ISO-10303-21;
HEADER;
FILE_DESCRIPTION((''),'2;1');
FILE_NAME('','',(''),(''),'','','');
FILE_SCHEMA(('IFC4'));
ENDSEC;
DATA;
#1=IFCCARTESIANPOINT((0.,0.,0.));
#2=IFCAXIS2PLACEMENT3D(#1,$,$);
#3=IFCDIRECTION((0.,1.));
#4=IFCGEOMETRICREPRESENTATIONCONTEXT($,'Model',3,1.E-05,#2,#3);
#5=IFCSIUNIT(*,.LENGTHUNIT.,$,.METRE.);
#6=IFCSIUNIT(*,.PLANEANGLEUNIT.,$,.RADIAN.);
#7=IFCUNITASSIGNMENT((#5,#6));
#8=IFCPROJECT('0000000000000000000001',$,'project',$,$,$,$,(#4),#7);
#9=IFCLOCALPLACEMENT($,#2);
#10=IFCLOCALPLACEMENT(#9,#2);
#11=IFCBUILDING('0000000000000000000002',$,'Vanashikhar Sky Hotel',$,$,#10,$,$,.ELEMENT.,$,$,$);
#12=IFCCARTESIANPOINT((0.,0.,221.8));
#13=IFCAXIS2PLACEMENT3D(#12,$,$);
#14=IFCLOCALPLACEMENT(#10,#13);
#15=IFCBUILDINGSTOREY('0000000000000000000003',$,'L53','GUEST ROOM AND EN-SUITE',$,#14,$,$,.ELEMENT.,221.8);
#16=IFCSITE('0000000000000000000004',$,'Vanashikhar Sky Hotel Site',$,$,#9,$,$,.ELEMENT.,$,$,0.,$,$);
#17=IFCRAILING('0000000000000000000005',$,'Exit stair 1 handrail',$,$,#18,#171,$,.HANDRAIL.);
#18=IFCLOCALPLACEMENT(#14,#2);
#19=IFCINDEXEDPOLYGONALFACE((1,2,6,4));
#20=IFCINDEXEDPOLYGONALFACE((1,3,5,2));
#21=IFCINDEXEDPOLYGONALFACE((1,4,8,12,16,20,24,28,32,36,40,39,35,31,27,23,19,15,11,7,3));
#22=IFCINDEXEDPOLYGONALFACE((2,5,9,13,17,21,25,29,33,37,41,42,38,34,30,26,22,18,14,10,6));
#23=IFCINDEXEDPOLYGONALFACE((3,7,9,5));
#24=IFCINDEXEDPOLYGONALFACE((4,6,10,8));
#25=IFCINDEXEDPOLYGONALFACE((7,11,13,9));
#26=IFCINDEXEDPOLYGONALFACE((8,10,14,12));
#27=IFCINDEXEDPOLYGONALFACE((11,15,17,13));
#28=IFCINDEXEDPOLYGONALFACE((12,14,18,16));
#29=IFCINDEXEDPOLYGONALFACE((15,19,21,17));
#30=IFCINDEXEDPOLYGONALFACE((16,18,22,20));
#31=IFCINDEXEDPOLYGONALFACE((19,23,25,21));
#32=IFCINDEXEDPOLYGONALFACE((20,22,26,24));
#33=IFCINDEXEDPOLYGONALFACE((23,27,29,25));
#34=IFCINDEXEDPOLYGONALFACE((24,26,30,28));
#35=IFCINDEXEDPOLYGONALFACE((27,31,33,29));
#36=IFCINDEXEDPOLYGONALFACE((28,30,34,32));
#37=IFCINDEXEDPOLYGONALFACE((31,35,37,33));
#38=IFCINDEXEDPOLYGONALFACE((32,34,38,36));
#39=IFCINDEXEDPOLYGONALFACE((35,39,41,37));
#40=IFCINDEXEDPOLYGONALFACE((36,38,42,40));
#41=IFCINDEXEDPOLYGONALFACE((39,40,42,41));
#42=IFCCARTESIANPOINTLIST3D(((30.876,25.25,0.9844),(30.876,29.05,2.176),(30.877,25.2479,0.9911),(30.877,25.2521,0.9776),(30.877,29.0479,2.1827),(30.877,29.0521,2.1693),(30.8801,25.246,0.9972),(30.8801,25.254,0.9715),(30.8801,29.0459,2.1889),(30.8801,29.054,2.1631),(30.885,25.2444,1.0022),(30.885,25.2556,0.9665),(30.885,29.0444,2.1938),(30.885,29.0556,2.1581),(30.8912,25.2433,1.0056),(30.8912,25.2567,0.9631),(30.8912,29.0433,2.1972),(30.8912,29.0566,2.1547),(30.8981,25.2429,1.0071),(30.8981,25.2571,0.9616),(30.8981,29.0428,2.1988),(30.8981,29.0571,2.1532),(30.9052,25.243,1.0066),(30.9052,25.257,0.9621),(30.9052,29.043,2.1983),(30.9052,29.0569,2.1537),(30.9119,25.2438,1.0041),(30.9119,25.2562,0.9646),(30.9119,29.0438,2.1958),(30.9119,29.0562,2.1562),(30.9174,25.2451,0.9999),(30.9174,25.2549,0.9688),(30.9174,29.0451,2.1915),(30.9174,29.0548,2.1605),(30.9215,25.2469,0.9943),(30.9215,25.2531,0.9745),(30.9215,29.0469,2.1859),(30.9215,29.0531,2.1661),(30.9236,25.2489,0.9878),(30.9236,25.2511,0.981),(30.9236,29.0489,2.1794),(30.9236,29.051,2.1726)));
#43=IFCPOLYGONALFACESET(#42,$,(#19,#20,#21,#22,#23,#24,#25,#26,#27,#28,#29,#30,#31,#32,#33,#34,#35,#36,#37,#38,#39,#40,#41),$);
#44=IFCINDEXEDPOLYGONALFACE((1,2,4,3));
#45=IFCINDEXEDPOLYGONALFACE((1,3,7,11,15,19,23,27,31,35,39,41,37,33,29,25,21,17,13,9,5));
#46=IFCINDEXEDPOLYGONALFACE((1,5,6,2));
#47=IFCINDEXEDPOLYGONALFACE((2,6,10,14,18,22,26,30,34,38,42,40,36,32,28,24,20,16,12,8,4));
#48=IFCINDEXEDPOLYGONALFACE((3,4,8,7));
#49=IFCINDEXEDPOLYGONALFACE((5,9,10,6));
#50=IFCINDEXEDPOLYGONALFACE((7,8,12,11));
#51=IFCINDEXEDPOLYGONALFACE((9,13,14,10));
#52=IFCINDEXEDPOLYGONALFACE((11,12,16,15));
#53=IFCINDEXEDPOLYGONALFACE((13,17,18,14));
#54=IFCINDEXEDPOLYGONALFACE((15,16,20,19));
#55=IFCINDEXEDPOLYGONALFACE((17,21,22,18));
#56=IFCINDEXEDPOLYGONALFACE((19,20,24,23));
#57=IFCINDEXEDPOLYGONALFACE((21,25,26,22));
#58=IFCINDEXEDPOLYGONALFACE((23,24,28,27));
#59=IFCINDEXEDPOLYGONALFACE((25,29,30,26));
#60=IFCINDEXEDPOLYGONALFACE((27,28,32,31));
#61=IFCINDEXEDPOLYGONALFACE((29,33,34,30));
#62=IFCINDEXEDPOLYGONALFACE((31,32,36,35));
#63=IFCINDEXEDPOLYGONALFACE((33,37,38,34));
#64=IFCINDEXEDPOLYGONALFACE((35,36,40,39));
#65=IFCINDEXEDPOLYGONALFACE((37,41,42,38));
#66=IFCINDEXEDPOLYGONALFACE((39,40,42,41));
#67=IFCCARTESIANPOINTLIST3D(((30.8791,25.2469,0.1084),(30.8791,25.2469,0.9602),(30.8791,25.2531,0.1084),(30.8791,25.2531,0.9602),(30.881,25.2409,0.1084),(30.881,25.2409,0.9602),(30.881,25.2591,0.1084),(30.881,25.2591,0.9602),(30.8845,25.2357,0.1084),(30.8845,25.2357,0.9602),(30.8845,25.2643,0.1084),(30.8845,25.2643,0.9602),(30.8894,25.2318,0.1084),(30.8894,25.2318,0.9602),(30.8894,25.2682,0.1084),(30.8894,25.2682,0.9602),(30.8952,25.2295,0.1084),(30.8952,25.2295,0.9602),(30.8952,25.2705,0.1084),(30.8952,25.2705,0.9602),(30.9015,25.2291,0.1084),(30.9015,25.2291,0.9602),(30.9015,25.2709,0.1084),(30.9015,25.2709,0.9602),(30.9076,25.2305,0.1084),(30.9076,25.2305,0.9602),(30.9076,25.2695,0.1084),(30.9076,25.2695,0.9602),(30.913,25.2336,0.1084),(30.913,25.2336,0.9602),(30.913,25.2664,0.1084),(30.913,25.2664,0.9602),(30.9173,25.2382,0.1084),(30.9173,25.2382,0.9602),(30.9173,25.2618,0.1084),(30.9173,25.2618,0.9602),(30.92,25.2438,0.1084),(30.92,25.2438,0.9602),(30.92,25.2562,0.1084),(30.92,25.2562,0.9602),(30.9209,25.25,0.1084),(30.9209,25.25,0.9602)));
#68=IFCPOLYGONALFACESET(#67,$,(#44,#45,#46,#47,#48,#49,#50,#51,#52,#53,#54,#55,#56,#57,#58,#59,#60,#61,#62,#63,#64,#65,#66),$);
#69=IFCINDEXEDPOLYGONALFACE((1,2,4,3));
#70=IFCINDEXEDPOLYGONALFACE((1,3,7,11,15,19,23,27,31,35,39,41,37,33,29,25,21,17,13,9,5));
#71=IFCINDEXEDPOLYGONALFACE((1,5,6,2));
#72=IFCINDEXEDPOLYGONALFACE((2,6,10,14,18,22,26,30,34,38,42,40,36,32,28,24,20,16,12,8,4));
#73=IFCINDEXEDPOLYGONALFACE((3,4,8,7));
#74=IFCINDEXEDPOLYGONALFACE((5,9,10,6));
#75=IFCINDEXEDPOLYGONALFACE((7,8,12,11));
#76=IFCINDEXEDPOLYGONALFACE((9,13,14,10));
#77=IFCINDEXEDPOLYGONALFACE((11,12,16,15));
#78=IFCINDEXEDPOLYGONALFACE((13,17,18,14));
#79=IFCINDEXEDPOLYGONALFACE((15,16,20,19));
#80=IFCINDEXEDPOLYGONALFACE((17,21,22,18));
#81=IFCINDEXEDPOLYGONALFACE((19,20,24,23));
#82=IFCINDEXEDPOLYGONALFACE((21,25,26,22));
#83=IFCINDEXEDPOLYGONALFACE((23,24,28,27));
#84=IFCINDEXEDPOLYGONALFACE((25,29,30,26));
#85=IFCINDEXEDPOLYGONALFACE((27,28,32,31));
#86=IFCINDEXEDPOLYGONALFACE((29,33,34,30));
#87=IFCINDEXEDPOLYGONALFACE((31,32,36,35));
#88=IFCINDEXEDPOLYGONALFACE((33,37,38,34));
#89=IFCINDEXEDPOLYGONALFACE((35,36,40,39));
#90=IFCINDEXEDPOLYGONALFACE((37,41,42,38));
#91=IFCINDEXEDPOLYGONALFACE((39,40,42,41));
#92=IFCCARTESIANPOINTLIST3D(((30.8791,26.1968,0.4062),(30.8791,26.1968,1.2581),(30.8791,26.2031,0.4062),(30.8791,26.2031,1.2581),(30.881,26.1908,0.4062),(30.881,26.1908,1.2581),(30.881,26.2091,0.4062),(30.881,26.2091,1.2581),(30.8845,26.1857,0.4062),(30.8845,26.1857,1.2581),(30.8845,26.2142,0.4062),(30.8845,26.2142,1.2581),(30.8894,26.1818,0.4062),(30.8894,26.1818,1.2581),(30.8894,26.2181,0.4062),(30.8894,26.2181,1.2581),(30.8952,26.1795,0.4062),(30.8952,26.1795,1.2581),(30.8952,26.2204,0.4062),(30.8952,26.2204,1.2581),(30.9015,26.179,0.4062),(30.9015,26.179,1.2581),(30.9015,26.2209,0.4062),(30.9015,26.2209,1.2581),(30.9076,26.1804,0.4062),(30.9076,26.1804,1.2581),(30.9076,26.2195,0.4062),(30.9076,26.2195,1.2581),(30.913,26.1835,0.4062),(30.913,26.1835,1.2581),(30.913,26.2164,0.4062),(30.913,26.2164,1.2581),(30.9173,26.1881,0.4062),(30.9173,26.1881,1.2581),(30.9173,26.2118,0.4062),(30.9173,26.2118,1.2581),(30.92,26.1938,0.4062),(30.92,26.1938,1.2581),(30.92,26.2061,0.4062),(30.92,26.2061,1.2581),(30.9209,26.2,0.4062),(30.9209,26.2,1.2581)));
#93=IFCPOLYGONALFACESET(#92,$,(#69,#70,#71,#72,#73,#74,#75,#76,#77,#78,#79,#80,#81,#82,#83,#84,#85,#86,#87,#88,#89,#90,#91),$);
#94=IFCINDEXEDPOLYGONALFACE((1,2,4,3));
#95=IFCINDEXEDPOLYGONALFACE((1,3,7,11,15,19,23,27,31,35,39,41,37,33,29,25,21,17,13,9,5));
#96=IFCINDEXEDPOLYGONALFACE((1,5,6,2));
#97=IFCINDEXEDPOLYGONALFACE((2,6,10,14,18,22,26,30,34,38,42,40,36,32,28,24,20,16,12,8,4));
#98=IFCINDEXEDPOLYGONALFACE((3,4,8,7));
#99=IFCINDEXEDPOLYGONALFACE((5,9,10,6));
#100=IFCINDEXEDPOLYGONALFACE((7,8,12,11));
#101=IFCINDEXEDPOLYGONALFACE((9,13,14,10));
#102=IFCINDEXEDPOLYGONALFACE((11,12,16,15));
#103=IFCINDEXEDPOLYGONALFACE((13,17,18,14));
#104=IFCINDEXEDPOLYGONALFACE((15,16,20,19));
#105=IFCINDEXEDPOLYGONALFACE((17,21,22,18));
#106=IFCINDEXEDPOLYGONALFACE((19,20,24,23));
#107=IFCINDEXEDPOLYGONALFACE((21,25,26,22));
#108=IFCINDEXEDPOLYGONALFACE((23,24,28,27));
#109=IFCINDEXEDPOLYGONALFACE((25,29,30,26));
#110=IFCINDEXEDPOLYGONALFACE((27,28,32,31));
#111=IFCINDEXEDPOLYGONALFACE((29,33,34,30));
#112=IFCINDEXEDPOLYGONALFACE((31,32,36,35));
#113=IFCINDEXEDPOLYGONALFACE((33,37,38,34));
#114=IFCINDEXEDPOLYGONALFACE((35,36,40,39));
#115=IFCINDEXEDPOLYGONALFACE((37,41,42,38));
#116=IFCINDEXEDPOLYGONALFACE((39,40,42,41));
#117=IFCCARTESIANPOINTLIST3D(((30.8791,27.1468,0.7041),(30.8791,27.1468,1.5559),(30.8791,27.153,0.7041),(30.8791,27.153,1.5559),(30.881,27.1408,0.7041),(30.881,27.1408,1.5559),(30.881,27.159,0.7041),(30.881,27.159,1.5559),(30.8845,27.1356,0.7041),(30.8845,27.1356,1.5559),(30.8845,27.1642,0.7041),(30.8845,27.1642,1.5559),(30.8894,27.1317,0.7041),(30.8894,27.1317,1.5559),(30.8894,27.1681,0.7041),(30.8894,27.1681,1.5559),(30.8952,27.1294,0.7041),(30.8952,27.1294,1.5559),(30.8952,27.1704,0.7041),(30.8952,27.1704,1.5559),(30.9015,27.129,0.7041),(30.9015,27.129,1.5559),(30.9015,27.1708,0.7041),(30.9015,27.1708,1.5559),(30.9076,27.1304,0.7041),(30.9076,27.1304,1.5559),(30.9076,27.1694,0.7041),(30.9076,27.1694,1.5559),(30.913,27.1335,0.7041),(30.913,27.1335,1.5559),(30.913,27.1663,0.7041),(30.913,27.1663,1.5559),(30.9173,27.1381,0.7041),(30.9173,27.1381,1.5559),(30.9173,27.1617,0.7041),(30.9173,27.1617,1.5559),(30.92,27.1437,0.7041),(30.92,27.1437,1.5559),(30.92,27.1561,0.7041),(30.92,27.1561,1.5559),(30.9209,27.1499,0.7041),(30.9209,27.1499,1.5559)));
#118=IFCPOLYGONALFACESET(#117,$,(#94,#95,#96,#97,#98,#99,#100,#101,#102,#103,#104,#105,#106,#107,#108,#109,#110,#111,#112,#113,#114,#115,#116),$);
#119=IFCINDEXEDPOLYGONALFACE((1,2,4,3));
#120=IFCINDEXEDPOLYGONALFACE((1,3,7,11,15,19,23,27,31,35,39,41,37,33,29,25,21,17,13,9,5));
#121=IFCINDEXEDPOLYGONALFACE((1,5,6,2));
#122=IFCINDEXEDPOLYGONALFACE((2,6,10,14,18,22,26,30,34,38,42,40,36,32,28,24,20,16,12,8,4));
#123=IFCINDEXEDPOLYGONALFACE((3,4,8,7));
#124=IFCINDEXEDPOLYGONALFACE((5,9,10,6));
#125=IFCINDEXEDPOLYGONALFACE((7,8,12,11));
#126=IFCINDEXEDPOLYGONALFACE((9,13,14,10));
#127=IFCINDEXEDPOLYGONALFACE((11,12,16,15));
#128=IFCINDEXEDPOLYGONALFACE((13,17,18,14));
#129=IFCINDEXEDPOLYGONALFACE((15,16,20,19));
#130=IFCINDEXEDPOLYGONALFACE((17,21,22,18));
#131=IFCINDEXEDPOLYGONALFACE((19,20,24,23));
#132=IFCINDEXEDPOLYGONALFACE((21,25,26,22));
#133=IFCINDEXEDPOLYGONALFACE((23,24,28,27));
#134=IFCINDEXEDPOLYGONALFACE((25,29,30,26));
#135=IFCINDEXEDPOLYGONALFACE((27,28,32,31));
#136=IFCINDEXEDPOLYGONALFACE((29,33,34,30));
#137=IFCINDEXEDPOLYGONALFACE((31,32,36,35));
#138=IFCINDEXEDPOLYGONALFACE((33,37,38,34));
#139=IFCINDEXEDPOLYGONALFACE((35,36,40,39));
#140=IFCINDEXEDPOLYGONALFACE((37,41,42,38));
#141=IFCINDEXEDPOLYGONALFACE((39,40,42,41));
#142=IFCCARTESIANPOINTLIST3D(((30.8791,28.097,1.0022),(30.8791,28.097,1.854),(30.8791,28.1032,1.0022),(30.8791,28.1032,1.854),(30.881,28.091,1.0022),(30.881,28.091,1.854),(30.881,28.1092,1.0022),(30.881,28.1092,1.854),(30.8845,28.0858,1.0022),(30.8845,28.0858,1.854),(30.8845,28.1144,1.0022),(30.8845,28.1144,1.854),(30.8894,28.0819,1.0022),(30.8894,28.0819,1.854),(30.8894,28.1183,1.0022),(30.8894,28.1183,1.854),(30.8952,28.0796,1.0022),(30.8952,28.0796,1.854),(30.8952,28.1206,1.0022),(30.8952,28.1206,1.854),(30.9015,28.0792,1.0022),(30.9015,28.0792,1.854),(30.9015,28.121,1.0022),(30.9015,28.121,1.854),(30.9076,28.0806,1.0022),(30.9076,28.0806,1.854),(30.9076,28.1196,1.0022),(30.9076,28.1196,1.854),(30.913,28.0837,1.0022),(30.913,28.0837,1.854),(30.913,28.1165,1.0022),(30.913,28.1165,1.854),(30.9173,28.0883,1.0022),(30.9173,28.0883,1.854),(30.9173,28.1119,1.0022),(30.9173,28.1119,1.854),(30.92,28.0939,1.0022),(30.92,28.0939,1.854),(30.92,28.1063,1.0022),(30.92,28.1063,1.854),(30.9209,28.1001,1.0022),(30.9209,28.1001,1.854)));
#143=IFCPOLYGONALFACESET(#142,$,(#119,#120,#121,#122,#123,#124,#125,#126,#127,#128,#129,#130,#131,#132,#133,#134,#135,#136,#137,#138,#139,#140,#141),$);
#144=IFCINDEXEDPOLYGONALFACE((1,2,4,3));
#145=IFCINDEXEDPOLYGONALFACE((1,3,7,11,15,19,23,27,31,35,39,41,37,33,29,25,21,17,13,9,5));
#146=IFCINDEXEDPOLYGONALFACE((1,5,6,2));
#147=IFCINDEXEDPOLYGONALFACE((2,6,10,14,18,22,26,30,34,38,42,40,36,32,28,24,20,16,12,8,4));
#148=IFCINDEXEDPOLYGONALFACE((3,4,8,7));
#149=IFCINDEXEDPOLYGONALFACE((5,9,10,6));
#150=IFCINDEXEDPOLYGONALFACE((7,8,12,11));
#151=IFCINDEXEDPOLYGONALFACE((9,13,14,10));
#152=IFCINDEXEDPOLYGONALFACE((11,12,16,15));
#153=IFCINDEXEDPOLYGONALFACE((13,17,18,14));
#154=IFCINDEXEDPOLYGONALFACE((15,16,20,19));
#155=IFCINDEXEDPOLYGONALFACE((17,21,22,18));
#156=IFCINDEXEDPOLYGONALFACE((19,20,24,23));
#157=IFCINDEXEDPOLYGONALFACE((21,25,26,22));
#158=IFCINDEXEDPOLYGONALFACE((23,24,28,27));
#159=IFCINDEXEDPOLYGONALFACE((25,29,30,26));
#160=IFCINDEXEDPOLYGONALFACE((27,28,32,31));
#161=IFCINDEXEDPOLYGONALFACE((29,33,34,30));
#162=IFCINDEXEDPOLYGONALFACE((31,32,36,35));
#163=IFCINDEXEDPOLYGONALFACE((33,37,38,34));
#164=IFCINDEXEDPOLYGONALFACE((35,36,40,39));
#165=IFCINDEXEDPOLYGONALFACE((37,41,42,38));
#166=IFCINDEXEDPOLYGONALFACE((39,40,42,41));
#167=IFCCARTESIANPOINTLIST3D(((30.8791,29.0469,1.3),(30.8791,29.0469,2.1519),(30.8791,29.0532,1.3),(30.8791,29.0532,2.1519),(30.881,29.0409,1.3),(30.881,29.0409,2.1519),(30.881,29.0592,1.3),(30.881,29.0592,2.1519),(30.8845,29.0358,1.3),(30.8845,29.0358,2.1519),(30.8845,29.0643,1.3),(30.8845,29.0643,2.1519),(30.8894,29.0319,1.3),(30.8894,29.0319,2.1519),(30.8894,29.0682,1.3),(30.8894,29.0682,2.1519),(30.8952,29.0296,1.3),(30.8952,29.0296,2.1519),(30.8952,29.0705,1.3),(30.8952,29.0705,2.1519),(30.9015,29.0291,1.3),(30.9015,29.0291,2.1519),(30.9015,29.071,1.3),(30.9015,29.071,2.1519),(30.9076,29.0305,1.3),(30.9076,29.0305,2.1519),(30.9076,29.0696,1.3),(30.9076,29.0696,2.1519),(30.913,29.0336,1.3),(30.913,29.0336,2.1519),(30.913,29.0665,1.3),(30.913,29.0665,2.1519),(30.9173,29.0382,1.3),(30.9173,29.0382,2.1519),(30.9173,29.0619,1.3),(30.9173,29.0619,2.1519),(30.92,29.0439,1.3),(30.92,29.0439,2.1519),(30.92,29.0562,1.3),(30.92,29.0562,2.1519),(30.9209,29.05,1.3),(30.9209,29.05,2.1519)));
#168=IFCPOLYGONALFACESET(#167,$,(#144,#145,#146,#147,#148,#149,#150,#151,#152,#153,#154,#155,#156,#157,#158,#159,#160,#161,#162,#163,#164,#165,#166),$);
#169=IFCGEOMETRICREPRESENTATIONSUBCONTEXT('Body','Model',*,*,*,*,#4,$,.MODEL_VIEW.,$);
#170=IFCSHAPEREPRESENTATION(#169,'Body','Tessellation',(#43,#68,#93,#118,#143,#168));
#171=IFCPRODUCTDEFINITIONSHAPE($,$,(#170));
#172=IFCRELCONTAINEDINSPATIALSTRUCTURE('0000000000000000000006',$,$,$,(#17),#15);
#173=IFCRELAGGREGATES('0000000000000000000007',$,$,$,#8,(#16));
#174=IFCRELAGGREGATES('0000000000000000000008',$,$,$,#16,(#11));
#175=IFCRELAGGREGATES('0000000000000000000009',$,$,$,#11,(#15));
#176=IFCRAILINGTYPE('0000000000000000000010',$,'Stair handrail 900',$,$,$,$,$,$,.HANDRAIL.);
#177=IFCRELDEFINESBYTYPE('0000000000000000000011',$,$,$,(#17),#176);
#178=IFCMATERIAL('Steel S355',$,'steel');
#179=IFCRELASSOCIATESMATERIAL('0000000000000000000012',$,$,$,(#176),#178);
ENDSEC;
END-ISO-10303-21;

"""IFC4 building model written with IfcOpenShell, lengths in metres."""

from ifc_helpers import new_model, si_unit, direction, frame, origin, origin_2d, place, context, subcontext, project, spatial, circle, extrude, source, transform, mapped, material, type_object, element, save


model = new_model("IFC4")

# Units and contexts
model_context = context("Model", 3, precision=1e-05, world=origin(), true_north=direction((0.0, 1.0)))
body_context = subcontext(model_context, "Body", "Model", "MODEL_VIEW")
ifc_project = project(units=[si_unit("LENGTHUNIT", "METRE"), si_unit("PLANEANGLEUNIT", "RADIAN")], contexts=[model_context])

# Site, building, storey
site_placement = place(None, origin())
site = spatial("IfcSite", under=ifc_project, at=site_placement, Name="Vanashikhar Sky Hotel Site", CompositionType="ELEMENT", RefElevation=0.0)
building_placement = place(site_placement, origin())
building = spatial("IfcBuilding", under=site, at=building_placement, Name="Vanashikhar Sky Hotel", CompositionType="ELEMENT")
storey_placement = place(building_placement, frame((0.0, 0.0, 221.8)))
storey = spatial("IfcBuildingStorey", under=building, at=storey_placement, Name="L53", Description="GUEST ROOM AND EN-SUITE", CompositionType="ELEMENT", Elevation=221.8)

# Railing
ifc_material_1 = material(Name="Steel S355", Category="steel")
railing_type_1 = type_object("IfcRailingType", Name="Stair handrail 900", PredefinedType="HANDRAIL", material=ifc_material_1)
shared_shape_1 = source(origin(), body_context, "Body", "SweptSolid", [
    extrude(circle(Radius=0.0239, at=origin_2d()), frame((0.0, 0.0, 0.876), z_axis=(0.0, 0.954184, 0.299221), x_axis=(-1.0, 0.0, 0.0)), (0.0, 0.0, 1.0), 3.9824),
    extrude(circle(Radius=0.021, at=origin_2d()), origin(), (0.0, 0.0, 1.0), 0.8518),
    extrude(circle(Radius=0.021, at=origin_2d()), frame((0.0, 0.95, 0.2979)), (0.0, 0.0, 1.0), 0.8518),
    extrude(circle(Radius=0.021, at=origin_2d()), frame((0.0, 1.8999, 0.5957)), (0.0, 0.0, 1.0), 0.8518),
    extrude(circle(Radius=0.021, at=origin_2d()), frame((0.0, 2.8501, 0.8938)), (0.0, 0.0, 1.0), 0.8518),
    extrude(circle(Radius=0.021, at=origin_2d()), frame((0.0, 3.8, 1.1917)), (0.0, 0.0, 1.0), 0.8518),
])
for number, where, name in (
    (1, (30.8999, 25.25, 0.1084), "Exit stair 1 handrail"),
):
    element("IfcRailing", number, at=place(storey_placement, frame(where)), inside=storey, type_object=railing_type_1, Name=name, PredefinedType="HANDRAIL", context=body_context, shape_type="MappedRepresentation", body=[
        mapped(shared_shape_1, transform((0.0, 0.0, 0.0), scale=1.0)),
    ])

save(model, "model.ifc")
